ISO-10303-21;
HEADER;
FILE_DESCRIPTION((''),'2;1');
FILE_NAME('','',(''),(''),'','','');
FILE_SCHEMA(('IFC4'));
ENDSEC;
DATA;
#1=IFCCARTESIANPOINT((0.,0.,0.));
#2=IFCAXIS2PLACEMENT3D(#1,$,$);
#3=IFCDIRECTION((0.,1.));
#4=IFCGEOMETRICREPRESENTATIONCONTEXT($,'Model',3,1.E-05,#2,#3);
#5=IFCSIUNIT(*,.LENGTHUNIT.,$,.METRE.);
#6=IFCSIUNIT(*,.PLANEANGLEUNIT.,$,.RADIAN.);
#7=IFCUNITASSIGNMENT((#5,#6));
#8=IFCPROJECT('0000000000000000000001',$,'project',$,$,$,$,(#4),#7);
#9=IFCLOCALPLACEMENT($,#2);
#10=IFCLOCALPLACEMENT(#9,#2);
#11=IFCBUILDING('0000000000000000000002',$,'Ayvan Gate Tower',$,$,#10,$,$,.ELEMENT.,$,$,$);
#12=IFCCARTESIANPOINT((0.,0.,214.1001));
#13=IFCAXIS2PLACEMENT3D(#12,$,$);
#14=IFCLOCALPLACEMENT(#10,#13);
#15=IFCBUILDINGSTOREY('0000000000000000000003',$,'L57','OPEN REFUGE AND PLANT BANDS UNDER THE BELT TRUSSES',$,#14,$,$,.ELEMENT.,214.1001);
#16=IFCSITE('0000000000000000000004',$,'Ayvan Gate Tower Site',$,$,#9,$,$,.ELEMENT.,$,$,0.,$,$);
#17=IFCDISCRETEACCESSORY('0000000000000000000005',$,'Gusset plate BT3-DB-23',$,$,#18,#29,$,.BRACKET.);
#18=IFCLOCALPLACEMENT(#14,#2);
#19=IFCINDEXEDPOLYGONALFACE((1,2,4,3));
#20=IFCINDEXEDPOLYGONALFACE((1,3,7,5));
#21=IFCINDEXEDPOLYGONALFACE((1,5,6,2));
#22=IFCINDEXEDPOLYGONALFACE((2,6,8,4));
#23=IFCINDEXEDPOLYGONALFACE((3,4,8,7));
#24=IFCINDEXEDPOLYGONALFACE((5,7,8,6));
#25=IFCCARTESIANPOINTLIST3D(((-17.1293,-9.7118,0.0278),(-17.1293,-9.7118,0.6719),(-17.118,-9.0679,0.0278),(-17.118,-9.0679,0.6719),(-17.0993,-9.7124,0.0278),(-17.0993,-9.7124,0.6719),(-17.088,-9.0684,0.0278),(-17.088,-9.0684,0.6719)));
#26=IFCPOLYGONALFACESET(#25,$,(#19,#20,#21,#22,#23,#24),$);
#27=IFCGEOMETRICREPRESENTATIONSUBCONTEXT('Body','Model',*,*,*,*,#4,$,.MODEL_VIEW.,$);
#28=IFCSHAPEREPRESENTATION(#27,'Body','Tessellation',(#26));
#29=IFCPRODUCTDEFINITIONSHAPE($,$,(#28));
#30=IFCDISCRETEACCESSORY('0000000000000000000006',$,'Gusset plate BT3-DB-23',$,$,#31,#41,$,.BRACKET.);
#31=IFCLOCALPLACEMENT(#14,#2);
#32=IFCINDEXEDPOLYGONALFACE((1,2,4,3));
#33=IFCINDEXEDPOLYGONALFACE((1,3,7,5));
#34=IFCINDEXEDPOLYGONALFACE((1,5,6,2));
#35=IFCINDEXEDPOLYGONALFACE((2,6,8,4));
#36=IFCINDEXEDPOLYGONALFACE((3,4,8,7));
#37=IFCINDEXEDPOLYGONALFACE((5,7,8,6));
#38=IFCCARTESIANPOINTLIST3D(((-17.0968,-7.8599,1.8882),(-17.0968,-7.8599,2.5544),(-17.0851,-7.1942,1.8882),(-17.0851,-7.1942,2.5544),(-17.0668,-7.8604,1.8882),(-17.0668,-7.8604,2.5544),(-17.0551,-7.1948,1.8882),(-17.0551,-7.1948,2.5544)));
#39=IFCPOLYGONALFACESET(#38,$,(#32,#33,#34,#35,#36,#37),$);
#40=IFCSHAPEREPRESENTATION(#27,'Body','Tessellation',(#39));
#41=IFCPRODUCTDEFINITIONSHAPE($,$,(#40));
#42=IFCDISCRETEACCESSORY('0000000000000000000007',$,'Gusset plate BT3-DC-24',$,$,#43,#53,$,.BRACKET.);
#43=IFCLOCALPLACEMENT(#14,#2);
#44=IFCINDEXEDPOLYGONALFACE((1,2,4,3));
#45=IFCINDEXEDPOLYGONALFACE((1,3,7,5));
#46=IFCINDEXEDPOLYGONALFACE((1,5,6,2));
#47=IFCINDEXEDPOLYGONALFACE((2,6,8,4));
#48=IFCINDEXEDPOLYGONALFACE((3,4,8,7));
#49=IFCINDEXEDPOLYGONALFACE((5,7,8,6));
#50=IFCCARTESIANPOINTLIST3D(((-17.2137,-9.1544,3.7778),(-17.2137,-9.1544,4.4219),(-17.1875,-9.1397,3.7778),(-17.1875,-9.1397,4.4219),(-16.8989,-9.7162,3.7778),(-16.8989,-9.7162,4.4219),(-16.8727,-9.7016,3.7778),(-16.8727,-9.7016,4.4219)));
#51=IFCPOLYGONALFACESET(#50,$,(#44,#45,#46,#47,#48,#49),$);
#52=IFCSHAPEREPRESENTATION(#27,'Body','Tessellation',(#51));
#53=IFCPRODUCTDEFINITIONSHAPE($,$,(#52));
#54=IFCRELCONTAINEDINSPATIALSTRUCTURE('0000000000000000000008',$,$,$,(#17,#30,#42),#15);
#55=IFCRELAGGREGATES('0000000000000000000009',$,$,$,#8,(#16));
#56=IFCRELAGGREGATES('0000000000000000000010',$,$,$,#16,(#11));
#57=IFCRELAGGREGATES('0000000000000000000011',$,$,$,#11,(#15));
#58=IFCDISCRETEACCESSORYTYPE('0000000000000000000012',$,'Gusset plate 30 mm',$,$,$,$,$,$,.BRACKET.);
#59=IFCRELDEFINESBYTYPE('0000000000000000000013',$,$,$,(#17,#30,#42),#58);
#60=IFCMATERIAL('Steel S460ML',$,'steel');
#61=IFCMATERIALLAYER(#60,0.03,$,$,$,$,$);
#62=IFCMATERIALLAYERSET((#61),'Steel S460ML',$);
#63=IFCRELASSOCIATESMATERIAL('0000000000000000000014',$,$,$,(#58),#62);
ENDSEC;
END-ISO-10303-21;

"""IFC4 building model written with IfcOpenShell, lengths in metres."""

from ifc_helpers import new_model, si_unit, direction, frame, origin, origin_2d, place, context, subcontext, project, spatial, rectangle, extrude, material, layer, layer_set, type_object, element, save


model = new_model("IFC4")

# Units and contexts
model_context = context("Model", 3, precision=1e-05, world=origin(), true_north=direction((0.0, 1.0)))
body_context = subcontext(model_context, "Body", "Model", "MODEL_VIEW")
ifc_project = project(units=[si_unit("LENGTHUNIT", "METRE"), si_unit("PLANEANGLEUNIT", "RADIAN")], contexts=[model_context])

# Site, building, storey
site_placement = place(None, origin())
site = spatial("IfcSite", under=ifc_project, at=site_placement, Name="Ayvan Gate Tower Site", CompositionType="ELEMENT", RefElevation=0.0)
building_placement = place(site_placement, origin())
building = spatial("IfcBuilding", under=site, at=building_placement, Name="Ayvan Gate Tower", CompositionType="ELEMENT")
storey_placement = place(building_placement, frame((0.0, 0.0, 214.1001)))
storey = spatial("IfcBuildingStorey", under=building, at=storey_placement, Name="L57", Description="OPEN REFUGE AND PLANT BANDS UNDER THE BELT TRUSSES", CompositionType="ELEMENT", Elevation=214.1001)

# Shared definitions
ifc_material_1 = material(Name="Steel S460ML", Category="steel")

# Discrete accessories
ifc_layer_1 = layer(ifc_material_1, 0.03)
ifc_layer_set_1 = layer_set([ifc_layer_1], Name="Steel S460ML")
discrete_accessory_type_1 = type_object("IfcDiscreteAccessoryType", Name="Gusset plate 30 mm", PredefinedType="BRACKET", material=ifc_layer_set_1)
discrete_accessory_1_placement = place(storey_placement, frame((-17.1086, -9.3901, 0.0278), z_axis=(0.0, 0.0, 1.0), x_axis=(0.017529, 0.999846, 0.0)))
element("IfcDiscreteAccessory", 1, at=discrete_accessory_1_placement, inside=storey, type_object=discrete_accessory_type_1, Name="Gusset plate BT3-DB-23", PredefinedType="BRACKET", context=body_context, shape_type="SweptSolid", body=[
    extrude(rectangle(XDim=0.644, YDim=0.03, at=origin_2d()), origin(), (0.0, 0.0, 1.0), 0.644),
])
discrete_accessory_2_placement = place(storey_placement, frame((-17.0759, -7.5273, 1.8882), z_axis=(0.0, 0.0, 1.0), x_axis=(0.017529, 0.999846, 0.0)))
element("IfcDiscreteAccessory", 2, at=discrete_accessory_2_placement, inside=storey, type_object=discrete_accessory_type_1, Name="Gusset plate BT3-DB-23", PredefinedType="BRACKET", context=body_context, shape_type="SweptSolid", body=[
    extrude(rectangle(XDim=0.6658, YDim=0.03, at=origin_2d()), origin(), (0.0, 0.0, 1.0), 0.6663),
])
discrete_accessory_3_placement = place(storey_placement, frame((-17.0432, -9.428, 3.7778), z_axis=(0.0, 0.0, 1.0), x_axis=(-0.488807, 0.872392, 0.0)))
element("IfcDiscreteAccessory", 3, at=discrete_accessory_3_placement, inside=storey, type_object=discrete_accessory_type_1, Name="Gusset plate BT3-DC-24", PredefinedType="BRACKET", context=body_context, shape_type="SweptSolid", body=[
    extrude(rectangle(XDim=0.644, YDim=0.03, at=origin_2d()), origin(), (0.0, 0.0, 1.0), 0.644),
])

save(model, "model.ifc")
